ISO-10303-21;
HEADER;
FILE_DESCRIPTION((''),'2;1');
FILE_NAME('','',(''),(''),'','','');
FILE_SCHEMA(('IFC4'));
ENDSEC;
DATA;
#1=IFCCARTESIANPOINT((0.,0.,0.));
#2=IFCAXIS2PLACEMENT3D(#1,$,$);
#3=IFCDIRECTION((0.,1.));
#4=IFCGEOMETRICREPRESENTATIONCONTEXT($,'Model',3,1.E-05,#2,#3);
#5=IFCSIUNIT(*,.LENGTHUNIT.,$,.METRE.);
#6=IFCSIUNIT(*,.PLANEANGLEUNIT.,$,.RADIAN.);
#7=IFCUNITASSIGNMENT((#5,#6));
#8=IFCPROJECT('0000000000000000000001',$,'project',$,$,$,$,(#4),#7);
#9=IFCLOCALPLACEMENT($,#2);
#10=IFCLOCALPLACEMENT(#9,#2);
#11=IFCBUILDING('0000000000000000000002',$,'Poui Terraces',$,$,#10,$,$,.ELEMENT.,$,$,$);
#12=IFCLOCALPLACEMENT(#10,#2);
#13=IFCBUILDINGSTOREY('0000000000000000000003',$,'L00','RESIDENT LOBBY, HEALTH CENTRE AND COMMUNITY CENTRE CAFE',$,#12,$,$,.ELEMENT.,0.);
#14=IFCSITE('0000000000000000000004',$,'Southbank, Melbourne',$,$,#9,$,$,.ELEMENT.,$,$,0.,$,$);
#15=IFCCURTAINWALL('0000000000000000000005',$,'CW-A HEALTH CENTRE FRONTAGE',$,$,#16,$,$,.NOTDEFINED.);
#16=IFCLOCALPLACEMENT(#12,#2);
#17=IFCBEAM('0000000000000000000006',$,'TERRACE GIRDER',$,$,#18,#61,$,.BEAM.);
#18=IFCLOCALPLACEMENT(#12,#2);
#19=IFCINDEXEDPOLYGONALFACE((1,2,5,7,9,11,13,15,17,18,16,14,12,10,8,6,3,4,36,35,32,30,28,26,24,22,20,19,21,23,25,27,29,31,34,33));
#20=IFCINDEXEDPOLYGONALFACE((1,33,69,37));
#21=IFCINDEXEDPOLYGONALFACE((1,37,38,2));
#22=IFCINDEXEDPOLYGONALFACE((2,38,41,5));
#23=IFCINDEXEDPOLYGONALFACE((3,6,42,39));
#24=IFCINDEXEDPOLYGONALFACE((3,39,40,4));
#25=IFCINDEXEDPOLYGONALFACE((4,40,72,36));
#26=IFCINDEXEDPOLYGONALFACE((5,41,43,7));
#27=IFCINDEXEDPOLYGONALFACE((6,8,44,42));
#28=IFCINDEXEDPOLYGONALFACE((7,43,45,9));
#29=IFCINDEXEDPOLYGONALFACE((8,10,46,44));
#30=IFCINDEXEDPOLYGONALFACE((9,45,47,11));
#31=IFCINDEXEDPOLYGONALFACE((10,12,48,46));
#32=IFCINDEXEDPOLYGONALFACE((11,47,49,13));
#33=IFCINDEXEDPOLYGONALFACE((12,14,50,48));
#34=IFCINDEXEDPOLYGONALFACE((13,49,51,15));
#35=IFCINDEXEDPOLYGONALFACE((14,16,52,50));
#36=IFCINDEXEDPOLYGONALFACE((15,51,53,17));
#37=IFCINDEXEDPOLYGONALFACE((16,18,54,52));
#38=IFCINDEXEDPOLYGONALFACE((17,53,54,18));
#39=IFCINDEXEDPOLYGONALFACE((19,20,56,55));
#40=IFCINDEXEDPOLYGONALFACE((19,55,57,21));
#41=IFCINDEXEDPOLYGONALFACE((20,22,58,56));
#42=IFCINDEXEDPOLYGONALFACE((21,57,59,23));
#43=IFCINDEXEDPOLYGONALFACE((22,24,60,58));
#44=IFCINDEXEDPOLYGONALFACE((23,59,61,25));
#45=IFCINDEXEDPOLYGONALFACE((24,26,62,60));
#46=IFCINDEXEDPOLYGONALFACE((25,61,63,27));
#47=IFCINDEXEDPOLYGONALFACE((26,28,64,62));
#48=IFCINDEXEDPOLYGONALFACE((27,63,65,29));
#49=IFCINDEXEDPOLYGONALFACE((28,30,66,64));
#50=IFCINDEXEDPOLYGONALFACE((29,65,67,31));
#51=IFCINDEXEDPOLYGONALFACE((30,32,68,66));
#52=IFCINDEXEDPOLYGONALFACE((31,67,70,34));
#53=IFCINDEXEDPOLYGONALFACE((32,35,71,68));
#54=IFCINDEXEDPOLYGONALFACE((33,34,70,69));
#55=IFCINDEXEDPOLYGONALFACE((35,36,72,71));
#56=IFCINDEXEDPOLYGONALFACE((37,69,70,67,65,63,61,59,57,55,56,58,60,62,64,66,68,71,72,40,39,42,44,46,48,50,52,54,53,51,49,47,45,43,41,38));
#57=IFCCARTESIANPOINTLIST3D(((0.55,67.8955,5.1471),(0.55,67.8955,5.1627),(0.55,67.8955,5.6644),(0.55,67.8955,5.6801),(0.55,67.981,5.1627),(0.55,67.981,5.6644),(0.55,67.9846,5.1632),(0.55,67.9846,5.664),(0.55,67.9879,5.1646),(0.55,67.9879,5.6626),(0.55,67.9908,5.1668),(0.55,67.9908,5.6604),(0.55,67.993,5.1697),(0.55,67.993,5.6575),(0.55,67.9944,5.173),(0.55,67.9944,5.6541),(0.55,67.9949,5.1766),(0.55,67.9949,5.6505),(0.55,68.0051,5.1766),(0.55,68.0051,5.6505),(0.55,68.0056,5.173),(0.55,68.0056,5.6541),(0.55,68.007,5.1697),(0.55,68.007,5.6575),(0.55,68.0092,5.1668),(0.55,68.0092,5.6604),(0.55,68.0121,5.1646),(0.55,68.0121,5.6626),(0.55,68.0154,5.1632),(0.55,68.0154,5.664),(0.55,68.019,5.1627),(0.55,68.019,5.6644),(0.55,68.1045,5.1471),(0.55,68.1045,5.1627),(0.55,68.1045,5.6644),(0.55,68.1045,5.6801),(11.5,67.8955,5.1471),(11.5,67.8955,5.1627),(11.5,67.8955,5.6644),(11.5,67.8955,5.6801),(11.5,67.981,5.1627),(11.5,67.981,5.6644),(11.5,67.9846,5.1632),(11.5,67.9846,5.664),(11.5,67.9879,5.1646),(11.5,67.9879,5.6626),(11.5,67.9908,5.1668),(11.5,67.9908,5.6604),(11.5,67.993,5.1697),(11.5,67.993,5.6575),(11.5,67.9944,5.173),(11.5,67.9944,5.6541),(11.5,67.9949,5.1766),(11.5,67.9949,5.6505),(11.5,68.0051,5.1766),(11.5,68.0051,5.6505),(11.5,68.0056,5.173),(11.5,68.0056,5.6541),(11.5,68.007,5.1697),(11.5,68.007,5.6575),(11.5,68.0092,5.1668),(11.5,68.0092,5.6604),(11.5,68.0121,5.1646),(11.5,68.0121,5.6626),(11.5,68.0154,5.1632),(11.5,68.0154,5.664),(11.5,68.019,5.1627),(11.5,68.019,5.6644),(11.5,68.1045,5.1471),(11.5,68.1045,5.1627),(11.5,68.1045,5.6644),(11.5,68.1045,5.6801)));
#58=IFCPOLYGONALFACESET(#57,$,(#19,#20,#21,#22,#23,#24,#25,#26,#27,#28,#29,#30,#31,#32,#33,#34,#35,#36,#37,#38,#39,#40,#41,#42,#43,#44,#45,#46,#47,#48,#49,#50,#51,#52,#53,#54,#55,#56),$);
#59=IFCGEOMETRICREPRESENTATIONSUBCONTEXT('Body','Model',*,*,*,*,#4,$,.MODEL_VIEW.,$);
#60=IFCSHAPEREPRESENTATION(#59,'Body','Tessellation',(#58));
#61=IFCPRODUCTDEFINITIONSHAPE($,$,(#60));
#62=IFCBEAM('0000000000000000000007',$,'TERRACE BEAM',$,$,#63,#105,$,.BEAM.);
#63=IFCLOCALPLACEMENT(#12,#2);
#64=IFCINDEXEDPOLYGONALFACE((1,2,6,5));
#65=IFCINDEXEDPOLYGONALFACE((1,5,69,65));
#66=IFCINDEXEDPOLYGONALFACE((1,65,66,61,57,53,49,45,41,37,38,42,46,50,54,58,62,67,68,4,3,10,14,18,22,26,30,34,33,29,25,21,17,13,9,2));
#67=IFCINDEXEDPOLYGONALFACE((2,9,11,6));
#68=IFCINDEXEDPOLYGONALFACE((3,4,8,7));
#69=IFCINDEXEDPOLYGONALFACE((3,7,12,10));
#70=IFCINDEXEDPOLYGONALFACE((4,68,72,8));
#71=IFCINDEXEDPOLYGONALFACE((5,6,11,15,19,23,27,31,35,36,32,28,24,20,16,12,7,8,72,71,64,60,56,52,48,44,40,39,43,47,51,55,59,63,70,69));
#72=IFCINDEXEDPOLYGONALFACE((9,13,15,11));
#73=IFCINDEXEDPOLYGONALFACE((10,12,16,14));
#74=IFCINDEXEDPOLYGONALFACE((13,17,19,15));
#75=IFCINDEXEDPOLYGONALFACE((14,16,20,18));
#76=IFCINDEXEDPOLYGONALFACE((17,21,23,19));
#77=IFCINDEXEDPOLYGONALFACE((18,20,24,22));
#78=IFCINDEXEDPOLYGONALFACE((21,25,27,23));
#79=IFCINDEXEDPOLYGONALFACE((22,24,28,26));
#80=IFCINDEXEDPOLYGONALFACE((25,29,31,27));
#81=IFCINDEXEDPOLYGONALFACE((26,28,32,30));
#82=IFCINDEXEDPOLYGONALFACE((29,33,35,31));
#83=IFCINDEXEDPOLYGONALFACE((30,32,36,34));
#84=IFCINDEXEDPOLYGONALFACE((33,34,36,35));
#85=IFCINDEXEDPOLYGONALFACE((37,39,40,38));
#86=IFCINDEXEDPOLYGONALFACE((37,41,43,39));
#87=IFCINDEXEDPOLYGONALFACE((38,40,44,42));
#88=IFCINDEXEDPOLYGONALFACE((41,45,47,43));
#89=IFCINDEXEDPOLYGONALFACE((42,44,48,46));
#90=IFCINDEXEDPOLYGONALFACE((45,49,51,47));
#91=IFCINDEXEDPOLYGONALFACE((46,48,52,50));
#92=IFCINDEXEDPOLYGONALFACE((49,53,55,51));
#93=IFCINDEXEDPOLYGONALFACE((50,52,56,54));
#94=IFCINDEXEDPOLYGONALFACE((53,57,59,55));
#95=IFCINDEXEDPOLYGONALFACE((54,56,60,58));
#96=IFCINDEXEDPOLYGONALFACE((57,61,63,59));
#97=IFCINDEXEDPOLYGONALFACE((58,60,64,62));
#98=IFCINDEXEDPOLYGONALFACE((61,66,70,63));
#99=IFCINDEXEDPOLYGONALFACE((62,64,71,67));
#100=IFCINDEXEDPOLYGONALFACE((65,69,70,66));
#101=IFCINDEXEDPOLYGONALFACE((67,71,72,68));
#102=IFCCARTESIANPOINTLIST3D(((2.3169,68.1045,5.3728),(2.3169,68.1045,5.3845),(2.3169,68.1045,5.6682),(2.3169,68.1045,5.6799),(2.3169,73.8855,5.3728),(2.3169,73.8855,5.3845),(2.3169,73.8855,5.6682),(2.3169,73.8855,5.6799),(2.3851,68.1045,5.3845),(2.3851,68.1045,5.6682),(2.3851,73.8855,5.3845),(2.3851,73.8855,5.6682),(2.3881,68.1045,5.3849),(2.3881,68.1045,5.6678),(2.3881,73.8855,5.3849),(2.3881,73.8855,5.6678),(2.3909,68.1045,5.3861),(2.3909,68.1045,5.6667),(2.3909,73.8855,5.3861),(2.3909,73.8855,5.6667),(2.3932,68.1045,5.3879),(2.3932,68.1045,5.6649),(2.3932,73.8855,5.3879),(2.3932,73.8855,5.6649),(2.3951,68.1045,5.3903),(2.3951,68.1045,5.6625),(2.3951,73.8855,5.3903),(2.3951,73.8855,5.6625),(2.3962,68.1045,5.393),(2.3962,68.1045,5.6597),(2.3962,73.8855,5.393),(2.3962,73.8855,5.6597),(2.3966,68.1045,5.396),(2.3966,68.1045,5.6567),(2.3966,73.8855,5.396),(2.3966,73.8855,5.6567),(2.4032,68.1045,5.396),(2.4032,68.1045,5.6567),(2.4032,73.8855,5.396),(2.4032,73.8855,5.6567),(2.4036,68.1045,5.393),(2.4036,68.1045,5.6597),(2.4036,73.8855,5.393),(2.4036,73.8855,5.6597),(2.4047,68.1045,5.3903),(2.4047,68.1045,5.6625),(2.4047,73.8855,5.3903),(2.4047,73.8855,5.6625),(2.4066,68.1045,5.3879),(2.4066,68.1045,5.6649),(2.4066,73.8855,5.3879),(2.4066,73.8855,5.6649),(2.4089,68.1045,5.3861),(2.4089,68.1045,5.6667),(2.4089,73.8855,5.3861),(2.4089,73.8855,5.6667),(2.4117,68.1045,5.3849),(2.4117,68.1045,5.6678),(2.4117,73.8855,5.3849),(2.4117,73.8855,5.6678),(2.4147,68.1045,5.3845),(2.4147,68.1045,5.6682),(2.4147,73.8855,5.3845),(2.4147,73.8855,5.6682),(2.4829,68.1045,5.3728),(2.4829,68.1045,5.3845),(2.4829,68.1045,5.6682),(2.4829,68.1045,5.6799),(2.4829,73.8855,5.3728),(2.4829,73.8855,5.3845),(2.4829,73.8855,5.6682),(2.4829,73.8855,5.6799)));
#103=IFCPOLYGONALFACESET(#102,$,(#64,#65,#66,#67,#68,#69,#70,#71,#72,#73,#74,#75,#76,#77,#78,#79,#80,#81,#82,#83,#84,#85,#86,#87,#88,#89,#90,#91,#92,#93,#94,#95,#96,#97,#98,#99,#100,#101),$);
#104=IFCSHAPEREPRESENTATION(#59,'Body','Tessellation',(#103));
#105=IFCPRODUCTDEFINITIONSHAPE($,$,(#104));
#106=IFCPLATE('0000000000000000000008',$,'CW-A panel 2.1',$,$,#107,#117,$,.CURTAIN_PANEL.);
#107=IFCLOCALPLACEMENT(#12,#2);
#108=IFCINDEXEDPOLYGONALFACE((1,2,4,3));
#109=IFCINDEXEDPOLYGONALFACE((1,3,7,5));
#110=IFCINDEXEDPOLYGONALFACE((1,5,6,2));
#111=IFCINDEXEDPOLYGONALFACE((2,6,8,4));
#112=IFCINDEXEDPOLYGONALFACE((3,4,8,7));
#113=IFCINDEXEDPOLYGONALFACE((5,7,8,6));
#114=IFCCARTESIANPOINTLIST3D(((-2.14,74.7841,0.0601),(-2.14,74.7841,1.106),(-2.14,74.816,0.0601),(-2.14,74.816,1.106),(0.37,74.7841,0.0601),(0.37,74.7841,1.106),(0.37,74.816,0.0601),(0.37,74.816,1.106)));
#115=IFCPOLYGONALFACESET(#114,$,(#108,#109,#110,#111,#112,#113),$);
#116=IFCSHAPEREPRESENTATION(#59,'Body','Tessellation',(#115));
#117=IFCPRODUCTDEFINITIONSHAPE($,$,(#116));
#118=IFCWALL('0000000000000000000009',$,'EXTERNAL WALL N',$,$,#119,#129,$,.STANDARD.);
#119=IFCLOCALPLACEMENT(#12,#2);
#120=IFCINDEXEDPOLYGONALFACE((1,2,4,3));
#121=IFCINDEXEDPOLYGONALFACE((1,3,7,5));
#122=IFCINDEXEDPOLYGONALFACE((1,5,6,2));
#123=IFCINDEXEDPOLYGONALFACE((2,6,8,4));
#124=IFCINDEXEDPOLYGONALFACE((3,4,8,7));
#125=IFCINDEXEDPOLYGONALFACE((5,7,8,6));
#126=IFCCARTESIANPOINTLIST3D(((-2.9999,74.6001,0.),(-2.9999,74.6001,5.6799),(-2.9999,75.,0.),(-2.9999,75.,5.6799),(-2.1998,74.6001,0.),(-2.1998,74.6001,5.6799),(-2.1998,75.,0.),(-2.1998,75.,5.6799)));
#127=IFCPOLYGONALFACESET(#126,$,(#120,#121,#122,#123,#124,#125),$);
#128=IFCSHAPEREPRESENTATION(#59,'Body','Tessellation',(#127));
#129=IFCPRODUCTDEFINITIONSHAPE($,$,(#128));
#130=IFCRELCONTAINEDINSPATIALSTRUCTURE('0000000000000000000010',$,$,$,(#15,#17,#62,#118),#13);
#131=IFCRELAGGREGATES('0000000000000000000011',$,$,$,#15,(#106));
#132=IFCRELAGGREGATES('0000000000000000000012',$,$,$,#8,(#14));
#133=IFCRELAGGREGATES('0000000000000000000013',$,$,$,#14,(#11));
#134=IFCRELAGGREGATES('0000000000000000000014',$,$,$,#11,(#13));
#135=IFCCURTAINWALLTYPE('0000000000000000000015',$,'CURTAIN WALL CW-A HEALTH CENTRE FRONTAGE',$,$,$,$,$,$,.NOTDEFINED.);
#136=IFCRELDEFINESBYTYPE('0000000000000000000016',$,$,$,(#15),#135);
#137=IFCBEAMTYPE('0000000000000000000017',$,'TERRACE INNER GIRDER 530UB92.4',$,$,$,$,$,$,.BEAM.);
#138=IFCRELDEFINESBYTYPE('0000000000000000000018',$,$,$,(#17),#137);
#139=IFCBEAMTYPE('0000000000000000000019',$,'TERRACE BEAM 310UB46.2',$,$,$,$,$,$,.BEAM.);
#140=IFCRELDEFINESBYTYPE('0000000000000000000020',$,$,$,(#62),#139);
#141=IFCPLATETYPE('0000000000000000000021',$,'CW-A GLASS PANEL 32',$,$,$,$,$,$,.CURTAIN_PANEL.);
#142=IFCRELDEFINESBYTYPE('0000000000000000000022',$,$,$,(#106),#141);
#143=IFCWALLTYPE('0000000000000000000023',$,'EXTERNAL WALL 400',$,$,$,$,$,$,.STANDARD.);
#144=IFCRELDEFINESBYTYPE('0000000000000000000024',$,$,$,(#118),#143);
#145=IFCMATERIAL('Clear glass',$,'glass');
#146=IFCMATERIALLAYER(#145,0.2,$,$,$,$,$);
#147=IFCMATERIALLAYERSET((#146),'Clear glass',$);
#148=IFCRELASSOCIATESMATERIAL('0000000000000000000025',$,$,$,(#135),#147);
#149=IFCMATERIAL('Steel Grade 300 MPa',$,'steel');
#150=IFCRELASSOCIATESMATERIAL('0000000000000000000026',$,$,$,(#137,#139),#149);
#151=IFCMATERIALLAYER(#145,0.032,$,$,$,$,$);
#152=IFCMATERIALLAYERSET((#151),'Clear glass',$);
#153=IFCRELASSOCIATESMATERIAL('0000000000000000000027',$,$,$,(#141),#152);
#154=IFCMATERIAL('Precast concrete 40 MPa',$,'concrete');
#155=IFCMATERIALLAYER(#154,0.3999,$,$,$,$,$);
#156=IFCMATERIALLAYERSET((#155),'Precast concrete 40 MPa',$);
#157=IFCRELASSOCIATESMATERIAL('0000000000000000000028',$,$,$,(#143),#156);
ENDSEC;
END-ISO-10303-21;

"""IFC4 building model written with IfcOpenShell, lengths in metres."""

from ifc_helpers import new_model, si_unit, direction, frame, frame_2d, origin, origin_2d, place, context, subcontext, project, spatial, rectangle, i_section, extrude, source, transform, mapped, material, layer, layer_set, material_profile, profile_set, type_object, element, aggregate, save


model = new_model("IFC4")

# Units and contexts
model_context = context("Model", 3, precision=1e-05, world=origin(), true_north=direction((0.0, 1.0)))
body_context = subcontext(model_context, "Body", "Model", "MODEL_VIEW")
ifc_project = project(units=[si_unit("LENGTHUNIT", "METRE"), si_unit("PLANEANGLEUNIT", "RADIAN")], contexts=[model_context])

# Site, building, storey
site_placement = place(None, origin())
site = spatial("IfcSite", under=ifc_project, at=site_placement, Name="Southbank, Melbourne", CompositionType="ELEMENT", RefElevation=0.0)
building_placement = place(site_placement, origin())
building = spatial("IfcBuilding", under=site, at=building_placement, Name="Poui Terraces", CompositionType="ELEMENT")
storey_placement = place(building_placement, origin())
storey = spatial("IfcBuildingStorey", under=building, at=storey_placement, Name="L00", Description="RESIDENT LOBBY, HEALTH CENTRE AND COMMUNITY CENTRE CAFE", CompositionType="ELEMENT", Elevation=0.0)

# Curtain wall
ifc_material_1 = material(Name="Clear glass", Category="glass")
ifc_layer_1 = layer(ifc_material_1, 0.2)
ifc_layer_set_1 = layer_set([ifc_layer_1], Name="Clear glass")
curtain_wall_type = type_object("IfcCurtainWallType", Name="CURTAIN WALL CW-A HEALTH CENTRE FRONTAGE", PredefinedType="NOTDEFINED", material=ifc_layer_set_1)
curtain_wall_placement = place(storey_placement, origin())
curtain_wall = element("IfcCurtainWall", 1, at=curtain_wall_placement, inside=storey, type_object=curtain_wall_type, Name="CW-A HEALTH CENTRE FRONTAGE", PredefinedType="NOTDEFINED")

# Beams
ifc_material_2 = material(Name="Steel Grade 300 MPa", Category="steel")
ifc_material_profile_1 = material_profile(ifc_material_2, i_section(OverallWidth=0.209, OverallDepth=0.533, WebThickness=0.0103, FlangeThickness=0.0156, FilletRadius=0.0139, at=origin_2d()), Name="530UB92.4")
ifc_profile_set_1 = profile_set([ifc_material_profile_1], Name="Steel Grade 300 MPa")
beam_type_1 = type_object("IfcBeamType", Name="TERRACE INNER GIRDER 530UB92.4", PredefinedType="BEAM", material=ifc_profile_set_1)
shared_shape_1 = source(origin(), body_context, "Body", "SweptSolid", [
    extrude(i_section(OverallWidth=0.209, OverallDepth=0.533, WebThickness=0.0103, FlangeThickness=0.0156, FilletRadius=0.0139, at=origin_2d()), origin(), (0.0, 0.0, 1.0), 10.95),
])
beam_1_placement = place(storey_placement, frame((0.55, 68.0, 5.4136), z_axis=(1.0, 0.0, 0.0), x_axis=(0.0, 1.0, 0.0)))
element("IfcBeam", 2, at=beam_1_placement, inside=storey, type_object=beam_type_1, Name="TERRACE GIRDER", PredefinedType="BEAM", context=body_context, shape_type="MappedRepresentation", body=[
    mapped(shared_shape_1, transform((0.0, 0.0, 0.0))),
])
ifc_material_profile_2 = material_profile(ifc_material_2, i_section(OverallWidth=0.166, OverallDepth=0.3071, WebThickness=0.0066, FlangeThickness=0.0117, FilletRadius=0.0115, at=origin_2d()), Name="310UB46.2")
ifc_profile_set_2 = profile_set([ifc_material_profile_2], Name="Steel Grade 300 MPa")
beam_type_2 = type_object("IfcBeamType", Name="TERRACE BEAM 310UB46.2", PredefinedType="BEAM", material=ifc_profile_set_2)
shared_shape_2 = source(origin(), body_context, "Body", "SweptSolid", [
    extrude(i_section(OverallWidth=0.166, OverallDepth=0.3071, WebThickness=0.0066, FlangeThickness=0.0117, FilletRadius=0.0115, at=origin_2d()), origin(), (0.0, 0.0, 1.0), 5.781),
])
beam_2_placement = place(storey_placement, frame((2.3999, 68.1045, 5.5264), z_axis=(0.0, 1.0, 0.0), x_axis=(-1.0, 0.0, 0.0)))
element("IfcBeam", 3, at=beam_2_placement, inside=storey, type_object=beam_type_2, Name="TERRACE BEAM", PredefinedType="BEAM", context=body_context, shape_type="MappedRepresentation", body=[
    mapped(shared_shape_2, transform((0.0, 0.0, 0.0))),
])

# Plate
ifc_layer_2 = layer(ifc_material_1, 0.032)
ifc_layer_set_2 = layer_set([ifc_layer_2], Name="Clear glass")
plate_type = type_object("IfcPlateType", Name="CW-A GLASS PANEL 32", PredefinedType="CURTAIN_PANEL", material=ifc_layer_set_2)
plate_placement = place(storey_placement, frame((-0.885, 74.8, 0.0601), z_axis=(0.0, 0.0, 1.0), x_axis=(-1.0, 0.0, 0.0)))
plate = element("IfcPlate", 4, at=plate_placement, type_object=plate_type, Name="CW-A panel 2.1", PredefinedType="CURTAIN_PANEL", context=body_context, shape_type="SweptSolid", body=[
    extrude(rectangle(XDim=2.51, YDim=0.032, at=origin_2d()), origin(), (0.0, 0.0, 1.0), 1.0459),
])
aggregate(curtain_wall, [plate])

# Wall
ifc_material_3 = material(Name="Precast concrete 40 MPa", Category="concrete")
ifc_layer_3 = layer(ifc_material_3, 0.3999)
ifc_layer_set_3 = layer_set([ifc_layer_3], Name="Precast concrete 40 MPa")
wall_type = type_object("IfcWallType", Name="EXTERNAL WALL 400", PredefinedType="STANDARD", material=ifc_layer_set_3)
wall_1_placement = place(storey_placement, frame((-2.2, 74.8, 0.0), z_axis=(0.0, 0.0, 1.0), x_axis=(-1.0, 0.0, 0.0)))
element("IfcWall", 5, at=wall_1_placement, inside=storey, type_object=wall_type, Name="EXTERNAL WALL N", PredefinedType="STANDARD", context=body_context, shape_type="SweptSolid", body=[
    extrude(rectangle(XDim=0.8, YDim=0.3999, at=frame_2d((0.3999, 0.0))), origin(), (0.0, 0.0, 1.0), 5.6799),
])

save(model, "model.ifc")
